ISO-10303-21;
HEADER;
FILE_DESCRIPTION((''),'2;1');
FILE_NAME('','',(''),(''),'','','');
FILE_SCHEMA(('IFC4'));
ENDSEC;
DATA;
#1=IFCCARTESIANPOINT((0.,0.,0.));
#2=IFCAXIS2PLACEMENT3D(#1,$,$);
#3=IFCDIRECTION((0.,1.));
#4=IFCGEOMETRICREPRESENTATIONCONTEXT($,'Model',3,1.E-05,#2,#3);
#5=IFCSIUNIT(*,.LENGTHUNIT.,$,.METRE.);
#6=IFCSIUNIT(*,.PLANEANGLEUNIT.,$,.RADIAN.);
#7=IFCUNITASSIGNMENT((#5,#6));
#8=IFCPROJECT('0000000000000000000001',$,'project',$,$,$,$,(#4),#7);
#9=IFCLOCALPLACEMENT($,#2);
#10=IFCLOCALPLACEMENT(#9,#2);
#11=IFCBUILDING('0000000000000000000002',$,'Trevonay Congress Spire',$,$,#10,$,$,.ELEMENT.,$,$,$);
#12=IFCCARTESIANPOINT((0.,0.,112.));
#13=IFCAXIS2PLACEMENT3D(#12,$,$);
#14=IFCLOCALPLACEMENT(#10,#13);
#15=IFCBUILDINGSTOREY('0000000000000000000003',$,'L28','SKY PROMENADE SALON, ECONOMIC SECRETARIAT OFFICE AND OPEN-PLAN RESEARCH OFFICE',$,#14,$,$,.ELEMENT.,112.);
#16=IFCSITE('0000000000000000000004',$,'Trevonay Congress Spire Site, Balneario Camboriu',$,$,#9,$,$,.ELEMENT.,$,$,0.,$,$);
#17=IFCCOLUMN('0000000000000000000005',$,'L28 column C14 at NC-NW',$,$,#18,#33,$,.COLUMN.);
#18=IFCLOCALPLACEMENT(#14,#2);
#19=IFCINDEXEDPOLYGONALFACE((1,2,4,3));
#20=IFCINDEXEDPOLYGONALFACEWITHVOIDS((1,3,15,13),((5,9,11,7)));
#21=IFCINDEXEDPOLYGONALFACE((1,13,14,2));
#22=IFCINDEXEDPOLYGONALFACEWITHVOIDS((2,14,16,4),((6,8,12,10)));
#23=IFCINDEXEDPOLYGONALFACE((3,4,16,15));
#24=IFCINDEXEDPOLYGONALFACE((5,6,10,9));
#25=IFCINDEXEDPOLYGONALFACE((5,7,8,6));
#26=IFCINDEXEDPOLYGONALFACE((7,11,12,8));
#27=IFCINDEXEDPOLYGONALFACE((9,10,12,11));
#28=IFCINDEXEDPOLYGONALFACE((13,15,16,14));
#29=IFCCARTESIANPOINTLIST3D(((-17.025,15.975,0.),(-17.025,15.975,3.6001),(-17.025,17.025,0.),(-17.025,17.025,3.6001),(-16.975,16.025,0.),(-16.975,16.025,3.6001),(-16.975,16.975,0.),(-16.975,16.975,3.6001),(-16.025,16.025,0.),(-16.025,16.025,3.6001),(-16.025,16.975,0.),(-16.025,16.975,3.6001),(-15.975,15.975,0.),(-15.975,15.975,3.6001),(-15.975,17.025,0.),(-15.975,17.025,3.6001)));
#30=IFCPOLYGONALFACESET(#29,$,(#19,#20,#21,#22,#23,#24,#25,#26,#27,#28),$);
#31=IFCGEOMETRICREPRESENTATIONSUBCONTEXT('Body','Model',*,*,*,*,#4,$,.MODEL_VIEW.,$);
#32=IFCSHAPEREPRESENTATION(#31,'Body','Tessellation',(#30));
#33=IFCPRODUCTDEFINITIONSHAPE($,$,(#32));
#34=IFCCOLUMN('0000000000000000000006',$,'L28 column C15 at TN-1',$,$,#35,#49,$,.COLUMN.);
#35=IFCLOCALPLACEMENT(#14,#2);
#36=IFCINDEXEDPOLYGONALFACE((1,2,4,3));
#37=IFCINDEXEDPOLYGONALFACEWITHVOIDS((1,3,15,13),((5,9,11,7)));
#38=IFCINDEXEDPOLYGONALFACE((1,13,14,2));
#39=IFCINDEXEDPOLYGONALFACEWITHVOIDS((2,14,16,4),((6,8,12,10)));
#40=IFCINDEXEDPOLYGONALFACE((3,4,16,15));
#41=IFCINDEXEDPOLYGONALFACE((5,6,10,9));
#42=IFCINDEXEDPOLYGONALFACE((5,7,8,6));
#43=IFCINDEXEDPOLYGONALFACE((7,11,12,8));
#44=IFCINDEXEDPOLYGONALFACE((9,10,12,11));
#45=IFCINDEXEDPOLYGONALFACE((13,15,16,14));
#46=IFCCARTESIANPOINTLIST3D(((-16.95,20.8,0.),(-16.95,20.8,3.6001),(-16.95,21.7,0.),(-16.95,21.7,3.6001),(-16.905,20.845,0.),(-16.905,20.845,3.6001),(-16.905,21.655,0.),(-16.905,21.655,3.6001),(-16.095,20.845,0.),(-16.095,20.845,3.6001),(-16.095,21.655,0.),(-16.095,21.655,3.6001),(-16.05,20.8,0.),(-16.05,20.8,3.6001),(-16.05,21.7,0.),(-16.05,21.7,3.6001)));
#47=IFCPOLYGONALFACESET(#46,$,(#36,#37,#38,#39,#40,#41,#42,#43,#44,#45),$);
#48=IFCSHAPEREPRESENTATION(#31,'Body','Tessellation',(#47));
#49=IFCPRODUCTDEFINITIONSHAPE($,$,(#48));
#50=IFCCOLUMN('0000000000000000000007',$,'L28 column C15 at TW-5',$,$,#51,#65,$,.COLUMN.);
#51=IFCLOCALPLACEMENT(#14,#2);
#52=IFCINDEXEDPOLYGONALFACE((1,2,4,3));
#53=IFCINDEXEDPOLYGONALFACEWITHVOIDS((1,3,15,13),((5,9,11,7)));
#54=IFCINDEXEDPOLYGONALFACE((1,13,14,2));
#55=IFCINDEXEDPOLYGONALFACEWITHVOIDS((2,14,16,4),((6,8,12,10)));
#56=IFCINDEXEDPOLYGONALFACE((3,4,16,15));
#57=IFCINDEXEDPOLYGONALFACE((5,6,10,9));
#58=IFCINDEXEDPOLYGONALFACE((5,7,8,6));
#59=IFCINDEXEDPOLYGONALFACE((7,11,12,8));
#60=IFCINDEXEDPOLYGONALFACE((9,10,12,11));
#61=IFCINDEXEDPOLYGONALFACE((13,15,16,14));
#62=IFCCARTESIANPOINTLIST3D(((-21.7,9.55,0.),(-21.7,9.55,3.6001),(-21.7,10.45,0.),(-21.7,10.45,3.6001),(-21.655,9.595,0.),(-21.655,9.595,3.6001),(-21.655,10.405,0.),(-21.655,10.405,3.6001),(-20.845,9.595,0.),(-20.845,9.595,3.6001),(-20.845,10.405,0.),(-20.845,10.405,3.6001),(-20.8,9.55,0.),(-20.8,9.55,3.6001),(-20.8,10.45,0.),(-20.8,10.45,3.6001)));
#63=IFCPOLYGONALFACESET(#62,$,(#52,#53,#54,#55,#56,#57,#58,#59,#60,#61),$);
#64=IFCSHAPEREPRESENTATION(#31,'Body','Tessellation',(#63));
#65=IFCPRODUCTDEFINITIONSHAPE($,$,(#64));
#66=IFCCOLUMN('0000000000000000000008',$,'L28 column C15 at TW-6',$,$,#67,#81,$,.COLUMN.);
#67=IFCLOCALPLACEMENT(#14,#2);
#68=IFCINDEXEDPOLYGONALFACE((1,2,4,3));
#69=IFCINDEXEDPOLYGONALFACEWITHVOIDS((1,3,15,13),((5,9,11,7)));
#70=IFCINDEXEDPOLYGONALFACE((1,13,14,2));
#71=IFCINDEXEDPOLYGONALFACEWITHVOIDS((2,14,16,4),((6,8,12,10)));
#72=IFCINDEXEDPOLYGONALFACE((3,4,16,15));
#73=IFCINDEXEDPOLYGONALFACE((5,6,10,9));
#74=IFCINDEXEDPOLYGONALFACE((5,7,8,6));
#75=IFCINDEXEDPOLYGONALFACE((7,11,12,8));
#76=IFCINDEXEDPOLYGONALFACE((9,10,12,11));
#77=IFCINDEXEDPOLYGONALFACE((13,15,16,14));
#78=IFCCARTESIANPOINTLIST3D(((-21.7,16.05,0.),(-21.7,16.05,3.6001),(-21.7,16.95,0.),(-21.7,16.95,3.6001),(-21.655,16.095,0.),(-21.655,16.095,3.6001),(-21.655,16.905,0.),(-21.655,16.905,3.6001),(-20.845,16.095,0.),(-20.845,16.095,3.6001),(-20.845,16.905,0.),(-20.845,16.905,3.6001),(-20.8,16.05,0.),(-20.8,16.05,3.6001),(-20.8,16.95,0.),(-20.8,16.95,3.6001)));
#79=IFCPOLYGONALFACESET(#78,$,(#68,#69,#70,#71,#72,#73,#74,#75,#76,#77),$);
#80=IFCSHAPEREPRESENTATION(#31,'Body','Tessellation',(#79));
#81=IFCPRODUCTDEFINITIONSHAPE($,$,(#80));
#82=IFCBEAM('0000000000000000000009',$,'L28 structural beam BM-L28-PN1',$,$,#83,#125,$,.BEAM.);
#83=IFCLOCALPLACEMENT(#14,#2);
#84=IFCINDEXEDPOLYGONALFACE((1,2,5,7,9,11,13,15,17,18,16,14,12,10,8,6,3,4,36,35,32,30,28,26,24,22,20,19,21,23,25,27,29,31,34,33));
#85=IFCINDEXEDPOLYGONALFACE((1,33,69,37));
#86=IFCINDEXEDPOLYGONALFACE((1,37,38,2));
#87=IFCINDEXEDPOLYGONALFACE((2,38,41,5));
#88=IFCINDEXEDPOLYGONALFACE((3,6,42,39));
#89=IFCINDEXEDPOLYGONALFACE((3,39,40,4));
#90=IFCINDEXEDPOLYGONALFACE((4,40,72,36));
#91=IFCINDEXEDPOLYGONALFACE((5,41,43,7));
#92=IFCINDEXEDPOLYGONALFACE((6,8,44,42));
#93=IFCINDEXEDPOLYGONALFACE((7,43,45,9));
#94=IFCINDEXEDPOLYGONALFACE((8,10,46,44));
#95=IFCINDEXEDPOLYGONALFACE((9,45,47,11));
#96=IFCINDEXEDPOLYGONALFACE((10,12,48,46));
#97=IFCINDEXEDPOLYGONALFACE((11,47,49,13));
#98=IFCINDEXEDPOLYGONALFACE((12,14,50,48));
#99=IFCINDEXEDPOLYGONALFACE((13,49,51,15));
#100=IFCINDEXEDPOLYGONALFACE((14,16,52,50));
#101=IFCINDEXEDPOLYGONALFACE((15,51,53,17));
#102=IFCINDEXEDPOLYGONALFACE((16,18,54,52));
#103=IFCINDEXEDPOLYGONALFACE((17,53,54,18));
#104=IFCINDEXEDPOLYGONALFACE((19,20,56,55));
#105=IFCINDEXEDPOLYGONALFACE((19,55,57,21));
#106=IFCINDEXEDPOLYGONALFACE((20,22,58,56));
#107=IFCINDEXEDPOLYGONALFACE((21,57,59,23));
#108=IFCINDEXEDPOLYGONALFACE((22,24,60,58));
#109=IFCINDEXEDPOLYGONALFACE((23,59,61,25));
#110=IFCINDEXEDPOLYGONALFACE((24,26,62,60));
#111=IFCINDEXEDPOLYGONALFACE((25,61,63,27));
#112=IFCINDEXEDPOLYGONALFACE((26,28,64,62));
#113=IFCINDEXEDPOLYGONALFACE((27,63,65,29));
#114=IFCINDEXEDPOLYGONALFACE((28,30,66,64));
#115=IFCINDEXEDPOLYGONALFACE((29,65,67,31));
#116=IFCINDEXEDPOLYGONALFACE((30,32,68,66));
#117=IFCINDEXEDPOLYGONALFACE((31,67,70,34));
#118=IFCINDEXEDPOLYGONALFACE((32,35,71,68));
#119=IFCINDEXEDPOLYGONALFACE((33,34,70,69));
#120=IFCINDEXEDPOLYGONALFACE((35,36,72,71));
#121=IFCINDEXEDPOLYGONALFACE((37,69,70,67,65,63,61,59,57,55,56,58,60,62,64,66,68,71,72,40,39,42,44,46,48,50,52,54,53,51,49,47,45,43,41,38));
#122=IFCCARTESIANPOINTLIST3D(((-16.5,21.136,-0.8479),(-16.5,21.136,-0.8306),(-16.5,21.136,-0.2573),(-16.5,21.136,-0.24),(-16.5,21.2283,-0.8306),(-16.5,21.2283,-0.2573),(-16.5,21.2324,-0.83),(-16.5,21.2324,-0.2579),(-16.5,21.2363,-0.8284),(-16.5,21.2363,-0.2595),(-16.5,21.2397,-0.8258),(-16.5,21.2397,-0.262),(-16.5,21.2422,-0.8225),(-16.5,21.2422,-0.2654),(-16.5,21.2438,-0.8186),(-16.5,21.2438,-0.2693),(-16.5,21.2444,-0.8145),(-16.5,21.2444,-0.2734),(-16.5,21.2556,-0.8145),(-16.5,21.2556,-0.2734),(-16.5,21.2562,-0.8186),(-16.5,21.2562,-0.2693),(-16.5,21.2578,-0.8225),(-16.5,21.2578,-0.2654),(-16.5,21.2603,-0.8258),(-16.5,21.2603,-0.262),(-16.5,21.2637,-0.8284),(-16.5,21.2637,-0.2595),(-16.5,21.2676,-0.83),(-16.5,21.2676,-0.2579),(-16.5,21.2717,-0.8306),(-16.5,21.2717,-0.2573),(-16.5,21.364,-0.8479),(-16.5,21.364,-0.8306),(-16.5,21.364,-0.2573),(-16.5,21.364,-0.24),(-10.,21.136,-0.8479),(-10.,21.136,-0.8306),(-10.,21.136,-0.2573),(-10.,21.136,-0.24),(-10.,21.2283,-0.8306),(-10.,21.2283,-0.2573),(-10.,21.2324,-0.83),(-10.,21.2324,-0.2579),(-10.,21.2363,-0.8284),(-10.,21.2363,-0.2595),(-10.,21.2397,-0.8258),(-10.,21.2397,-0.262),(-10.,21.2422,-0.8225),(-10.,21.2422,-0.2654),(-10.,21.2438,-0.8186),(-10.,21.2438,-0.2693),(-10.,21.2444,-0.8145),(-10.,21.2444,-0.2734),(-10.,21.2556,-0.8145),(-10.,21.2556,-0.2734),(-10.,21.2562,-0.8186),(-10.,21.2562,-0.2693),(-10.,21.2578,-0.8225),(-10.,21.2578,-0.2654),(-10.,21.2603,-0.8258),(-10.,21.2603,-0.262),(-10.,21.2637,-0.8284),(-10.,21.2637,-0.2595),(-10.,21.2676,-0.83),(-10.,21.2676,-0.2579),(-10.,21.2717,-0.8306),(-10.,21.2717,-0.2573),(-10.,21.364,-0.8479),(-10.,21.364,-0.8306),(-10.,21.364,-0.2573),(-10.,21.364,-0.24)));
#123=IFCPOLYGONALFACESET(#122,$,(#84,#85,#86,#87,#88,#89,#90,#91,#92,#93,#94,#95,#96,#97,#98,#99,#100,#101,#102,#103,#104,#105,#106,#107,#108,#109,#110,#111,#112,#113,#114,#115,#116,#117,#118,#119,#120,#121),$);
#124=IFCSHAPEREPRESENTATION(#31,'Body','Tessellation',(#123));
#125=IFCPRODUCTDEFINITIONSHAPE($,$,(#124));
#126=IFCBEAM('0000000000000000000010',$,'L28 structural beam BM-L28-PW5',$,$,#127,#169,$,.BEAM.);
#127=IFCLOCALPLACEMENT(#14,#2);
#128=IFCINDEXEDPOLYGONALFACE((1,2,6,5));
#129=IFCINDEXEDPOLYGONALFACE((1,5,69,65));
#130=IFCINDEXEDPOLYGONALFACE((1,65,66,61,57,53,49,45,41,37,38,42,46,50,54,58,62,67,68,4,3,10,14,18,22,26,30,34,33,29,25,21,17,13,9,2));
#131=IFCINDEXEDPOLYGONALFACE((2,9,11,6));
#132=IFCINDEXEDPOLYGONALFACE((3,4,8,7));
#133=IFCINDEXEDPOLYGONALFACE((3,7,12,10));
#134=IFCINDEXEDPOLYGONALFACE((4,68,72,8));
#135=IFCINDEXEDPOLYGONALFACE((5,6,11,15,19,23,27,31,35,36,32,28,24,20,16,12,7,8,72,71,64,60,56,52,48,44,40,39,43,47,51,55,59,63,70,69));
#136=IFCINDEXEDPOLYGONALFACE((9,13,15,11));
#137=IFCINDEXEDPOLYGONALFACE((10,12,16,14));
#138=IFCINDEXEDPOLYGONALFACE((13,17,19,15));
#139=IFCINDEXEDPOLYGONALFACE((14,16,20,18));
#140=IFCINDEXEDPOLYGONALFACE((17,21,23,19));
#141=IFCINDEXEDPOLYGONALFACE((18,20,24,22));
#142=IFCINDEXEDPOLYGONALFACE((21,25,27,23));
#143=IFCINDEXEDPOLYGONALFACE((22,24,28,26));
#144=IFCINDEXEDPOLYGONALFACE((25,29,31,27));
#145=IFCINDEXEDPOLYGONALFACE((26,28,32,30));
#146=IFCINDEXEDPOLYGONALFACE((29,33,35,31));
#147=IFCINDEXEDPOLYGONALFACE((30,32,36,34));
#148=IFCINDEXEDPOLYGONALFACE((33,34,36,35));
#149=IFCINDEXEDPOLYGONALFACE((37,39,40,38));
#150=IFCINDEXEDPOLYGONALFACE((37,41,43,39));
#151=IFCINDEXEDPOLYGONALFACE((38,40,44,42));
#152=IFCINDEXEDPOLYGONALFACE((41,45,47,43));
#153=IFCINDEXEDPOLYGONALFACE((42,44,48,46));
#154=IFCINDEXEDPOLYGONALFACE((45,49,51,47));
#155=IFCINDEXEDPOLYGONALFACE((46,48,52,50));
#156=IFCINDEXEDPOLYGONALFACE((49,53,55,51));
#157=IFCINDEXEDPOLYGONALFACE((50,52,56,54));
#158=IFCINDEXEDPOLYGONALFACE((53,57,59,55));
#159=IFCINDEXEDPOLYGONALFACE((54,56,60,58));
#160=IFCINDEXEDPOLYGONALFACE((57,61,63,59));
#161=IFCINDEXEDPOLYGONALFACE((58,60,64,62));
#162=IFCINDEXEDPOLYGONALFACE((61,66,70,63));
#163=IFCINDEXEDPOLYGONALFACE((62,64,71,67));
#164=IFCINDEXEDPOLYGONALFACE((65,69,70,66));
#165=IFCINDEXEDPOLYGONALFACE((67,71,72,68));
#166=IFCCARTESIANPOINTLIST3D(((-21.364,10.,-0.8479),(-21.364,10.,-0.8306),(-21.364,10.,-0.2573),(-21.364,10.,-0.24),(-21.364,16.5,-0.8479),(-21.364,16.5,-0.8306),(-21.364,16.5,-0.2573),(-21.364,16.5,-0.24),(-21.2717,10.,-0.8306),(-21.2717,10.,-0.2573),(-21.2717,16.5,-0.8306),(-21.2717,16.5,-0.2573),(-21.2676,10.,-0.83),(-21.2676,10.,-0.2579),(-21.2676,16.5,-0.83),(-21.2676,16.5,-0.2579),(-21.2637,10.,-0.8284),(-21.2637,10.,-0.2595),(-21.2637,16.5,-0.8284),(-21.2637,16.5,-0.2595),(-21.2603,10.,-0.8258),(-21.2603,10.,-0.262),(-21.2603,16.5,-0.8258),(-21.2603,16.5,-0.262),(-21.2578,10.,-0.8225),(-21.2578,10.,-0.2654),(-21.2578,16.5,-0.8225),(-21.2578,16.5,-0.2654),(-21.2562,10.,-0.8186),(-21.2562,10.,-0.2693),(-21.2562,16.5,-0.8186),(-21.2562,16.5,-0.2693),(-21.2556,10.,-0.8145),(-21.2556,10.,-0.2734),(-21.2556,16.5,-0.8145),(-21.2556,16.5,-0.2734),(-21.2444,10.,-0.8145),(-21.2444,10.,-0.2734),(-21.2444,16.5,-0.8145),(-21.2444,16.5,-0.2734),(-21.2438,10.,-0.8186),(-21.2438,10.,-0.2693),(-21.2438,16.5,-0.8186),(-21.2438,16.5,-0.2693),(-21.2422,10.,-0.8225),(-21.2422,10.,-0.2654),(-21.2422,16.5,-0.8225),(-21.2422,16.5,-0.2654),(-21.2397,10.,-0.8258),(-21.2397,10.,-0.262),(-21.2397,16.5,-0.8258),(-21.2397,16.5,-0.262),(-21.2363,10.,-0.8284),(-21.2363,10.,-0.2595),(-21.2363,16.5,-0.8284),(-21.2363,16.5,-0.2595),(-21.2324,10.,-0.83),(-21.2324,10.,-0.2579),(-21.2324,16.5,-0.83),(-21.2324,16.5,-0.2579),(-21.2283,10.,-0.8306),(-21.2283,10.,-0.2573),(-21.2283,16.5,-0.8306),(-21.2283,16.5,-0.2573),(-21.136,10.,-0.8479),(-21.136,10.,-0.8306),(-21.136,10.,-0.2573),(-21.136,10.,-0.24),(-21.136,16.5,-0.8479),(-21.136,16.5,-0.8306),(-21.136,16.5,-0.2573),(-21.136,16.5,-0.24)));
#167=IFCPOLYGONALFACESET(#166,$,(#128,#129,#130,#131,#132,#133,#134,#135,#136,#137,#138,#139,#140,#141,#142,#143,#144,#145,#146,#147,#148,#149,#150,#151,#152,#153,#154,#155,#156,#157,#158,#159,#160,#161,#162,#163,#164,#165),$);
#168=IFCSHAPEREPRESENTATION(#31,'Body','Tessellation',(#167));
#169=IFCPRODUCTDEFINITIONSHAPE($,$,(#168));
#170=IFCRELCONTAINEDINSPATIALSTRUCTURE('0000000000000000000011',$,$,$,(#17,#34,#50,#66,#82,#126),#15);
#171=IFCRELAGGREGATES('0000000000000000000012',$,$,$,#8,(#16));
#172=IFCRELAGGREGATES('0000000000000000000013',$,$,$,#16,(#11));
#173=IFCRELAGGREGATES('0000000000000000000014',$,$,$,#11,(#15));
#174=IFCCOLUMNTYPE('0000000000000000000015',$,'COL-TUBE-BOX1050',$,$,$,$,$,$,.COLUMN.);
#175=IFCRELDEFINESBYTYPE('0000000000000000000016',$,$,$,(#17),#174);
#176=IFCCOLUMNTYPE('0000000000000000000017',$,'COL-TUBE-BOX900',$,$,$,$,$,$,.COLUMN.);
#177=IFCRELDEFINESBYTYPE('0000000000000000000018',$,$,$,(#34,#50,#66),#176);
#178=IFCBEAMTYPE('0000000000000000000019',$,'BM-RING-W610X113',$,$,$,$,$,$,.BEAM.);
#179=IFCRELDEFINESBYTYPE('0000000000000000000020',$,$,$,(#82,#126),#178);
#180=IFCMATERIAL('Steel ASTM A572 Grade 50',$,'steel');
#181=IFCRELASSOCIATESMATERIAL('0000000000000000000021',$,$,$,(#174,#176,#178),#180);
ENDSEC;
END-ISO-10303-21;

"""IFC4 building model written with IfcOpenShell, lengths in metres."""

from ifc_helpers import new_model, si_unit, direction, frame, origin, origin_2d, place, context, subcontext, project, spatial, hollow_rectangle, i_section, extrude, material, material_profile, profile_set, type_object, element, save


model = new_model("IFC4")

# Units and contexts
model_context = context("Model", 3, precision=1e-05, world=origin(), true_north=direction((0.0, 1.0)))
body_context = subcontext(model_context, "Body", "Model", "MODEL_VIEW")
ifc_project = project(units=[si_unit("LENGTHUNIT", "METRE"), si_unit("PLANEANGLEUNIT", "RADIAN")], contexts=[model_context])

# Site, building, storey
site_placement = place(None, origin())
site = spatial("IfcSite", under=ifc_project, at=site_placement, Name="Trevonay Congress Spire Site, Balneario Camboriu", CompositionType="ELEMENT", RefElevation=0.0)
building_placement = place(site_placement, origin())
building = spatial("IfcBuilding", under=site, at=building_placement, Name="Trevonay Congress Spire", CompositionType="ELEMENT")
storey_placement = place(building_placement, frame((0.0, 0.0, 112.0)))
storey = spatial("IfcBuildingStorey", under=building, at=storey_placement, Name="L28", Description="SKY PROMENADE SALON, ECONOMIC SECRETARIAT OFFICE AND OPEN-PLAN RESEARCH OFFICE", CompositionType="ELEMENT", Elevation=112.0)

# Columns
ifc_material_1 = material(Name="Steel ASTM A572 Grade 50", Category="steel")
ifc_material_profile_1 = material_profile(ifc_material_1, hollow_rectangle(XDim=1.05, YDim=1.05, WallThickness=0.05, at=origin_2d()), Name="BOX 1050x1050x50")
ifc_profile_set_1 = profile_set([ifc_material_profile_1], Name="Steel ASTM A572 Grade 50")
column_type_1 = type_object("IfcColumnType", Name="COL-TUBE-BOX1050", PredefinedType="COLUMN", material=ifc_profile_set_1)
column_placement = place(storey_placement, frame((-16.5, 16.5, 0.0), z_axis=(0.0, 0.0, 1.0), x_axis=(1.0, 0.0, 0.0)))
element("IfcColumn", 1, at=column_placement, inside=storey, type_object=column_type_1, Name="L28 column C14 at NC-NW", PredefinedType="COLUMN", context=body_context, shape_type="SweptSolid", body=[
    extrude(hollow_rectangle(XDim=1.05, YDim=1.05, WallThickness=0.05, at=origin_2d()), origin(), (0.0, 0.0, 1.0), 3.6001),
])
ifc_material_profile_2 = material_profile(ifc_material_1, hollow_rectangle(XDim=0.8999, YDim=0.8999, WallThickness=0.0449, at=origin_2d()), Name="BOX 900x900x45")
ifc_profile_set_2 = profile_set([ifc_material_profile_2], Name="Steel ASTM A572 Grade 50")
column_type_2 = type_object("IfcColumnType", Name="COL-TUBE-BOX900", PredefinedType="COLUMN", material=ifc_profile_set_2)
for number, where, z_axis, x_axis, name in (
    (2, (-16.5, 21.25, 0.0), (0.0, 0.0, 1.0), (1.0, 0.0, 0.0), "L28 column C15 at TN-1"),
    (3, (-21.25, 10.0, 0.0), (0.0, 0.0, 1.0), (1.0, 0.0, 0.0), "L28 column C15 at TW-5"),
    (4, (-21.25, 16.5, 0.0), (0.0, 0.0, 1.0), (1.0, 0.0, 0.0), "L28 column C15 at TW-6"),
):
    element("IfcColumn", number, at=place(storey_placement, frame(where, z_axis=z_axis, x_axis=x_axis)), inside=storey, type_object=column_type_2, Name=name, PredefinedType="COLUMN", context=body_context, shape_type="SweptSolid", body=[
        extrude(hollow_rectangle(XDim=0.8999, YDim=0.8999, WallThickness=0.0449, at=origin_2d()), origin(), (0.0, 0.0, 1.0), 3.6001),
    ])

# Beams
ifc_material_profile_3 = material_profile(ifc_material_1, i_section(OverallWidth=0.228, OverallDepth=0.6079, WebThickness=0.0112, FlangeThickness=0.0173, FilletRadius=0.0161, at=origin_2d()), Name="W610x113")
ifc_profile_set_3 = profile_set([ifc_material_profile_3], Name="Steel ASTM A572 Grade 50")
beam_type = type_object("IfcBeamType", Name="BM-RING-W610X113", PredefinedType="BEAM", material=ifc_profile_set_3)
for number, where, z_axis, x_axis, name in (
    (5, (-16.5, 21.25, -0.5439), (1.0, 0.0, 0.0), (0.0, 1.0, 0.0), "L28 structural beam BM-L28-PN1"),
    (6, (-21.25, 10.0, -0.5439), (0.0, 1.0, 0.0), (-1.0, 0.0, 0.0), "L28 structural beam BM-L28-PW5"),
):
    element("IfcBeam", number, at=place(storey_placement, frame(where, z_axis=z_axis, x_axis=x_axis)), inside=storey, type_object=beam_type, Name=name, PredefinedType="BEAM", context=body_context, shape_type="SweptSolid", body=[
        extrude(i_section(OverallWidth=0.228, OverallDepth=0.6079, WebThickness=0.0112, FlangeThickness=0.0173, FilletRadius=0.0161, at=origin_2d()), origin(), (0.0, 0.0, 1.0), 6.5),
    ])

save(model, "model.ifc")
